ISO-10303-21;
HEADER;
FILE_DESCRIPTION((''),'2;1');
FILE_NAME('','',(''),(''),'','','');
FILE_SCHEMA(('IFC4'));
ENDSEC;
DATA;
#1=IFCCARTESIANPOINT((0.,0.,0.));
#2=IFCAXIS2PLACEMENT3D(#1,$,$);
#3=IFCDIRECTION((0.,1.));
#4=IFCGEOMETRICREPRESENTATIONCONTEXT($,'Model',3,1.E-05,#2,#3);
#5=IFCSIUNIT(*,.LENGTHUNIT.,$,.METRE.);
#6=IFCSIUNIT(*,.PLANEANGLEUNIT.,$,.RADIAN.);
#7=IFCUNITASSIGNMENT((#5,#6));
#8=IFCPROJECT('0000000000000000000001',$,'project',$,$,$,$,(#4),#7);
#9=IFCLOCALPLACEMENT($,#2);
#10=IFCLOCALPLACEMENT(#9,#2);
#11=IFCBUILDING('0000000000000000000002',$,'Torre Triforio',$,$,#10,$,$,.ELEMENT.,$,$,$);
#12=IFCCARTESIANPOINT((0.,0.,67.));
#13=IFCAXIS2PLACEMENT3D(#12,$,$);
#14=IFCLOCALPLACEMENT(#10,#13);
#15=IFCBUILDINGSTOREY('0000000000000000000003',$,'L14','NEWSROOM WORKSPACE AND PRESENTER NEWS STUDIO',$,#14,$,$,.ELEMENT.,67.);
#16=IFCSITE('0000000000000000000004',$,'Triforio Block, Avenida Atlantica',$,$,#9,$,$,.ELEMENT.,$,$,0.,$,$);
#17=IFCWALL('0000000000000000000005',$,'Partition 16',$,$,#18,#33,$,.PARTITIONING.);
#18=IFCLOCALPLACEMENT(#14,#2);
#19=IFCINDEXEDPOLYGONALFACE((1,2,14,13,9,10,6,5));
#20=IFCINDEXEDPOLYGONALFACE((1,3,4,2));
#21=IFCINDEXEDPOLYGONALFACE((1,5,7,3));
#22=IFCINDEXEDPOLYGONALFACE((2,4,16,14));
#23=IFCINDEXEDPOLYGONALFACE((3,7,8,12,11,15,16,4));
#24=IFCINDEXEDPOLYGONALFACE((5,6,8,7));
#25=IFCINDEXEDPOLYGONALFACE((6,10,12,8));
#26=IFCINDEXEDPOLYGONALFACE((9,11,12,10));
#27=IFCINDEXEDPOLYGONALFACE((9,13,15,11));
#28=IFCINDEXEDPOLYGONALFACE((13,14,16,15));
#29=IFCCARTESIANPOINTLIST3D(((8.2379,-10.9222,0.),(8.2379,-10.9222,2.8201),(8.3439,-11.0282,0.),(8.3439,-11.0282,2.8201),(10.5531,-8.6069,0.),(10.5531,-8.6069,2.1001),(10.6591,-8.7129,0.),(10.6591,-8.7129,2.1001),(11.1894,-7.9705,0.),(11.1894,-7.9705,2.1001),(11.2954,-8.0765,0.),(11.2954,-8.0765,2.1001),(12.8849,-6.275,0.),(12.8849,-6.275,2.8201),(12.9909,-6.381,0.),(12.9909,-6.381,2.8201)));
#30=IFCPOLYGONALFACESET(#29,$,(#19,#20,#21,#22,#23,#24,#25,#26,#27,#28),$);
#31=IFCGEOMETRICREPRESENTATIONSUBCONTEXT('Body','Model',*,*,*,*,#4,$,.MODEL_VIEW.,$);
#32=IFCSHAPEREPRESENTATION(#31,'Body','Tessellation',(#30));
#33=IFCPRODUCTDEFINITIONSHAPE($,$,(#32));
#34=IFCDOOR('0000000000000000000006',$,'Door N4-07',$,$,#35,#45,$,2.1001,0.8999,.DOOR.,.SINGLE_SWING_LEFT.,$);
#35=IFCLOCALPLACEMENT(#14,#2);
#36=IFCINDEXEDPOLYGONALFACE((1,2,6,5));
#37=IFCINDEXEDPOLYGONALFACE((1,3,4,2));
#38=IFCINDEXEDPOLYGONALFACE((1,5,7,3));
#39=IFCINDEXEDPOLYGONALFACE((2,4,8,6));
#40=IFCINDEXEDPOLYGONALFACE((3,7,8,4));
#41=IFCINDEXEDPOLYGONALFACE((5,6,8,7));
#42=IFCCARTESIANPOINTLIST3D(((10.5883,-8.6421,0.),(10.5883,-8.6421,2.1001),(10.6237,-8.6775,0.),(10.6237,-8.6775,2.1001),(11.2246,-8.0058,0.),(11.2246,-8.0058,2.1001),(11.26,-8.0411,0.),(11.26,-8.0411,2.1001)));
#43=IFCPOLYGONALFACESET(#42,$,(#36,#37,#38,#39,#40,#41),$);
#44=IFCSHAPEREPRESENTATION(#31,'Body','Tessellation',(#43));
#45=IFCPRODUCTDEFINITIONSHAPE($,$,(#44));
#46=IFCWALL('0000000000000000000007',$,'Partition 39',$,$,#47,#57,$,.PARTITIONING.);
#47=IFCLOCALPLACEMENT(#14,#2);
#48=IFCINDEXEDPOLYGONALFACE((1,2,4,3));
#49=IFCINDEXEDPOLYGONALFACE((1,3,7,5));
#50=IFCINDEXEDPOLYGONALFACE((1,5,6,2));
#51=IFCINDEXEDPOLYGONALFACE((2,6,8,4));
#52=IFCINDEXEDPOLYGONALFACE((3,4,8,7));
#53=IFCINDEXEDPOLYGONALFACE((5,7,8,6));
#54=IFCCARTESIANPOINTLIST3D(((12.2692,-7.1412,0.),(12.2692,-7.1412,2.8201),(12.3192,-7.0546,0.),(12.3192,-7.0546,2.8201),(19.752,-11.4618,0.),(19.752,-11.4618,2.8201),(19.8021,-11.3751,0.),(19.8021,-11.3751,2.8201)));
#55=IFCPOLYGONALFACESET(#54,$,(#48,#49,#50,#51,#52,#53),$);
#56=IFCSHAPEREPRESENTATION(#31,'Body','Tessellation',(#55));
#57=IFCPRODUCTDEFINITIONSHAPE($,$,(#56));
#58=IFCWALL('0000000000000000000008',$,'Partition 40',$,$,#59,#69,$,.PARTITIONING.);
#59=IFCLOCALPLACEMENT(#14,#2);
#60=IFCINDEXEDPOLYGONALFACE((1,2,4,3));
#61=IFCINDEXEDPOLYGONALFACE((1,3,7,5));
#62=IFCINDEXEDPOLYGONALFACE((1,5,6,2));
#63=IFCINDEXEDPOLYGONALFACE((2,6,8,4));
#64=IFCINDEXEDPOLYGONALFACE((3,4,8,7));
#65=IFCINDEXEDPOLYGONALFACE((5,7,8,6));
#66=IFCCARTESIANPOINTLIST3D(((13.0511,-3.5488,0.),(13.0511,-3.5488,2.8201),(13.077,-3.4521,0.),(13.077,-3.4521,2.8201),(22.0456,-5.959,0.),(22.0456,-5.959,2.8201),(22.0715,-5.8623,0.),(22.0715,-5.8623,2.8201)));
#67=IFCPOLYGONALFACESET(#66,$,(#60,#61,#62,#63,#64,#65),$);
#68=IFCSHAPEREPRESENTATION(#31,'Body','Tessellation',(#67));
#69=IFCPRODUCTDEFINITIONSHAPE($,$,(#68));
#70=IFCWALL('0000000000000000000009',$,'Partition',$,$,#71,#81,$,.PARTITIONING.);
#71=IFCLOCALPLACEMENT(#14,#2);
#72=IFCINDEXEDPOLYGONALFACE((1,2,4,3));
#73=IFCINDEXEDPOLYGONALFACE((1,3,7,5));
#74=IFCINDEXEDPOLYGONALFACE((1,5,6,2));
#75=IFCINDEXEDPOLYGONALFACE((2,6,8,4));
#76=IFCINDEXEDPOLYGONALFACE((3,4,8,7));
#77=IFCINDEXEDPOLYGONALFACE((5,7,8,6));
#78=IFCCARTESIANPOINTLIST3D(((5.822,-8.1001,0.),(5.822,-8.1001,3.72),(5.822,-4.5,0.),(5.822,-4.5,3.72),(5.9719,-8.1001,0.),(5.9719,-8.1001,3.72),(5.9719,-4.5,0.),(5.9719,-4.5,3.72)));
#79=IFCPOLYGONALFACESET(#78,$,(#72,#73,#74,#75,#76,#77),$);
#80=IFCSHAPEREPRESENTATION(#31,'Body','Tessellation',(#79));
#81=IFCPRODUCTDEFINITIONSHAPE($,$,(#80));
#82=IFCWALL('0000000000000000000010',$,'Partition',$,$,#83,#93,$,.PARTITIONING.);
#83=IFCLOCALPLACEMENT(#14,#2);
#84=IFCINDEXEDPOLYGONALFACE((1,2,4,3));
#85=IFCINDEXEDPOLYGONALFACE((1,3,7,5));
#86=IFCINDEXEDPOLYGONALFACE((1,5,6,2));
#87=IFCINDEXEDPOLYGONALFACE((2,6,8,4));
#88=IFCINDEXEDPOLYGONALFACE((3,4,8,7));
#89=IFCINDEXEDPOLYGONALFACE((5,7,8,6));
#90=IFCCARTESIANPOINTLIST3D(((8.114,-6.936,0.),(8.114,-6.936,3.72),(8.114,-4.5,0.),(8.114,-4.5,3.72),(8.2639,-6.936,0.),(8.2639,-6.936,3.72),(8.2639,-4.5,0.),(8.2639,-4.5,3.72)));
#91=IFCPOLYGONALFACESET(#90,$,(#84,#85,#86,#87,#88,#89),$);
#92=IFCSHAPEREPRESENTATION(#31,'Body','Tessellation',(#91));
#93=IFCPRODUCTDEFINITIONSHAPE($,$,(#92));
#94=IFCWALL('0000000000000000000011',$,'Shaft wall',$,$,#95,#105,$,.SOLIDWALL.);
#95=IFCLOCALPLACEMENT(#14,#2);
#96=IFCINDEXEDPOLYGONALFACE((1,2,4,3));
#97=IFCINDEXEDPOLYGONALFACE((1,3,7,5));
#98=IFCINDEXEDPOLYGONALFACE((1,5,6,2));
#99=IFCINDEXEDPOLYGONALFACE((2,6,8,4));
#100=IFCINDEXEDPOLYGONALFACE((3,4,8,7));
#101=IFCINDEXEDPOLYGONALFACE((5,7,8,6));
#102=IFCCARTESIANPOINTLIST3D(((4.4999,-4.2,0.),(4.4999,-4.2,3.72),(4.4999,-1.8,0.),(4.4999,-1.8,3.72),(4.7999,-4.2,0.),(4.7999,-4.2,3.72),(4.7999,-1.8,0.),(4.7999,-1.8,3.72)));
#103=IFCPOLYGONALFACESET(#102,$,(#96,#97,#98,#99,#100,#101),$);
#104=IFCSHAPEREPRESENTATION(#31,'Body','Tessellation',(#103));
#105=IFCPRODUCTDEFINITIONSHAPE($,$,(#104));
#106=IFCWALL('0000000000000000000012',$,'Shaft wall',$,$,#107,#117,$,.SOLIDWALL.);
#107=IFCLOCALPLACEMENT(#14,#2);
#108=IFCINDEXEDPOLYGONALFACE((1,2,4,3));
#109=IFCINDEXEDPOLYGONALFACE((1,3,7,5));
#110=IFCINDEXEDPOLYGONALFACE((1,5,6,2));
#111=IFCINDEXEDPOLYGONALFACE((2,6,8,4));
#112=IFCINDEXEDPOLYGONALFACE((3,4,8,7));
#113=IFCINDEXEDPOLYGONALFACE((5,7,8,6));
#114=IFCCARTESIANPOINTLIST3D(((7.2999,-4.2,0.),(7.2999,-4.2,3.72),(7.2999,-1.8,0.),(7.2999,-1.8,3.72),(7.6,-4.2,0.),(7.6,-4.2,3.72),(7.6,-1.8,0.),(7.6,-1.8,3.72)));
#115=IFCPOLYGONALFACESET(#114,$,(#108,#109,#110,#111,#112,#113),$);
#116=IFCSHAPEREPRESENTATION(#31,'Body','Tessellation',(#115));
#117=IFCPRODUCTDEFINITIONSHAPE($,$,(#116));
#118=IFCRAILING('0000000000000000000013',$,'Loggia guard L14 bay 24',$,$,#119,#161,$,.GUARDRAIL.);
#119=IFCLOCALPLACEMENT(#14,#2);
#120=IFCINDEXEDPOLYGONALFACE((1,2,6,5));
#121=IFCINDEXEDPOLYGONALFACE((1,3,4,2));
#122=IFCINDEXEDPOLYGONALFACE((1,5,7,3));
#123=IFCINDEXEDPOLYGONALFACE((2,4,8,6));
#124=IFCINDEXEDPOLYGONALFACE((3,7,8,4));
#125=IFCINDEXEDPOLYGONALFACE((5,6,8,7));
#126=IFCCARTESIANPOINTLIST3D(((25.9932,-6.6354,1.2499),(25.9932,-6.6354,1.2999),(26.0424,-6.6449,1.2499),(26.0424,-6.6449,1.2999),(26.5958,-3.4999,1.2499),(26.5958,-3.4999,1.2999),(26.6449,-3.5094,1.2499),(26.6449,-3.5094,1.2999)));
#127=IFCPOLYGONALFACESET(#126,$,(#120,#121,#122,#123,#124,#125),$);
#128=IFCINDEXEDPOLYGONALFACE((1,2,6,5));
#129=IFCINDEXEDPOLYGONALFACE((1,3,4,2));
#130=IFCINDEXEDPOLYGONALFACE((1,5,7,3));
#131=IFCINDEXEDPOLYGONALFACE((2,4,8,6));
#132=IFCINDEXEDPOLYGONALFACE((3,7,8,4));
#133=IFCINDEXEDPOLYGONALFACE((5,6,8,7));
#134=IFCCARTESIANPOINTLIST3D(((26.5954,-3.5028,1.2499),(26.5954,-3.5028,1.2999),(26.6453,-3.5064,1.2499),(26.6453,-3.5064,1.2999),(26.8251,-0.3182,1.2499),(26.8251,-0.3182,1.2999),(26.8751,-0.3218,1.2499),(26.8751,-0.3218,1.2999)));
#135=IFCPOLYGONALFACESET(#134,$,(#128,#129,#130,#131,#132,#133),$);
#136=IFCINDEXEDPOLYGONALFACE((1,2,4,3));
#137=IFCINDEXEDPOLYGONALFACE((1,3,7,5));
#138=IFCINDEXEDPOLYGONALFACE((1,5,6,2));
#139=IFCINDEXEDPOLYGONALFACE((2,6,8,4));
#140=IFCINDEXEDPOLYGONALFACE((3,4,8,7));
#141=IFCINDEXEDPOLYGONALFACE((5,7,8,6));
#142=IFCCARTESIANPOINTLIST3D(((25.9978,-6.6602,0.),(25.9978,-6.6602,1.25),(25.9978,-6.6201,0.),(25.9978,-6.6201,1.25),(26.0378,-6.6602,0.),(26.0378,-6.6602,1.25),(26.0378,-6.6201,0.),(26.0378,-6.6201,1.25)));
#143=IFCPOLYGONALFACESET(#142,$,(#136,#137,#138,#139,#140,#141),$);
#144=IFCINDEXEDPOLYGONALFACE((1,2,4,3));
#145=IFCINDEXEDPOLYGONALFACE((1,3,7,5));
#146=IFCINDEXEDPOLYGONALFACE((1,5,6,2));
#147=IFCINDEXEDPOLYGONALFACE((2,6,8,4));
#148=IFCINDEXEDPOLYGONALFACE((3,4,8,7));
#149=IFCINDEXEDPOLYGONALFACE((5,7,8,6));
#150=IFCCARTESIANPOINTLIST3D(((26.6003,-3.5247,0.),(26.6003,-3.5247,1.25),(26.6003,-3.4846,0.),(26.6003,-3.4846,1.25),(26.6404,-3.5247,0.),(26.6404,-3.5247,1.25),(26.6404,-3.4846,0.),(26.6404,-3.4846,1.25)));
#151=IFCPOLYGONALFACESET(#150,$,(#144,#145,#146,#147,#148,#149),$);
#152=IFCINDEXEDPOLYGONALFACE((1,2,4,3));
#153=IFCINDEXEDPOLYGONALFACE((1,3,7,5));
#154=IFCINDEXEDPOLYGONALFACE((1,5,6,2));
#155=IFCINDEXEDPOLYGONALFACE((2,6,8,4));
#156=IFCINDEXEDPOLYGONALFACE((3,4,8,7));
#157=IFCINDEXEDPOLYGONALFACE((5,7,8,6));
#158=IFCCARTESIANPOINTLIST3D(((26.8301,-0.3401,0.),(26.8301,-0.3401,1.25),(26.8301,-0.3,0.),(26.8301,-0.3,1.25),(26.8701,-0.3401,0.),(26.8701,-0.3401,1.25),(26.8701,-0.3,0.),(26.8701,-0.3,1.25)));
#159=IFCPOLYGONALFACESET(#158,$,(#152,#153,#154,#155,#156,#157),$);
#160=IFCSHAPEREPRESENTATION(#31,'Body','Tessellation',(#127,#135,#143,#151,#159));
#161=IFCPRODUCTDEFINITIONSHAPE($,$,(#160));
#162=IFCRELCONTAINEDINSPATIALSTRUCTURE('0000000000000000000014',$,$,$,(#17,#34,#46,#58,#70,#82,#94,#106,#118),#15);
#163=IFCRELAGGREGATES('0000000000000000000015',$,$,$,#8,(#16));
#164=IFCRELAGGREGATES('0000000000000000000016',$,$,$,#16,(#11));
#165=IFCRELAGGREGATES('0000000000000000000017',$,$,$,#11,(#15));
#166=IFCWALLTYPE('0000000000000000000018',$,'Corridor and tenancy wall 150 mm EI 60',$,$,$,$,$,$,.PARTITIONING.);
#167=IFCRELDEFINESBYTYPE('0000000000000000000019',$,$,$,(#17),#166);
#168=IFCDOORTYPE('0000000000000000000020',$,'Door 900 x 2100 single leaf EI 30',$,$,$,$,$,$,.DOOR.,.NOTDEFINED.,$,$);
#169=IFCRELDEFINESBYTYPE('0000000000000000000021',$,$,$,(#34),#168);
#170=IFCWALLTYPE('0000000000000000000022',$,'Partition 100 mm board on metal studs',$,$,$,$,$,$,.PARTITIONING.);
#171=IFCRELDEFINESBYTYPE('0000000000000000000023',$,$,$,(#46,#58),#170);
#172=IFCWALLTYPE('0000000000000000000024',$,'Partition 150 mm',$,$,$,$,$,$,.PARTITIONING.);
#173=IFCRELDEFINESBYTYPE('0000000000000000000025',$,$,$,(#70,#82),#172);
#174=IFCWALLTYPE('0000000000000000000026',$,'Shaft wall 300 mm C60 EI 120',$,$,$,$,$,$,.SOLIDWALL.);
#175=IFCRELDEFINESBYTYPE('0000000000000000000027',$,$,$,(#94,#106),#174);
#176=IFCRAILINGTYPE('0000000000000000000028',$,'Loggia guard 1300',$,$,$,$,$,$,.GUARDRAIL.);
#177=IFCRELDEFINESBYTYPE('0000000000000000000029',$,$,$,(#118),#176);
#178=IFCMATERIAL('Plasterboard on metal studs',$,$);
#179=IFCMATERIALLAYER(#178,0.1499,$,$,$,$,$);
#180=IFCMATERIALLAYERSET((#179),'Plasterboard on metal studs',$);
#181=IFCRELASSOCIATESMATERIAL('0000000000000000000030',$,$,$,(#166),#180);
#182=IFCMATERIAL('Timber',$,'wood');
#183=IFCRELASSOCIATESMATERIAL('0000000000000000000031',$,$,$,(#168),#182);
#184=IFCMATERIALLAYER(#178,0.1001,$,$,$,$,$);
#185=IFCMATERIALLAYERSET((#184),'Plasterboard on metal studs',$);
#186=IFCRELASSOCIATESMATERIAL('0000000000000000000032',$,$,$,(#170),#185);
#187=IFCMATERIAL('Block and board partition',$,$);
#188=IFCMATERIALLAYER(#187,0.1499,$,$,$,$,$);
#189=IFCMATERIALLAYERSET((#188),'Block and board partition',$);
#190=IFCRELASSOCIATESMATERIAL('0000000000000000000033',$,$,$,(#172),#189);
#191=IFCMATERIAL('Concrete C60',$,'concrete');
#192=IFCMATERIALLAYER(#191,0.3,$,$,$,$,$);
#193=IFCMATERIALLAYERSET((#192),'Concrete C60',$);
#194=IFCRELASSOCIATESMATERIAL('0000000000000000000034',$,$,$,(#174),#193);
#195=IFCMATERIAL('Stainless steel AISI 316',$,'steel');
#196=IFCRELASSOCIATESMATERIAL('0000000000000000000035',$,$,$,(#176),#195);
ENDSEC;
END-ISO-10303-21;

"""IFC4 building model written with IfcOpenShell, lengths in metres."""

from ifc_helpers import new_model, si_unit, direction, frame, frame_2d, origin, origin_2d, place, context, subcontext, project, spatial, rectangle, extrude, material, layer, layer_set, type_object, element, fill, save


model = new_model("IFC4")

# Units and contexts
model_context = context("Model", 3, precision=1e-05, world=origin(), true_north=direction((0.0, 1.0)))
body_context = subcontext(model_context, "Body", "Model", "MODEL_VIEW")
ifc_project = project(units=[si_unit("LENGTHUNIT", "METRE"), si_unit("PLANEANGLEUNIT", "RADIAN")], contexts=[model_context])

# Site, building, storey
site_placement = place(None, origin())
site = spatial("IfcSite", under=ifc_project, at=site_placement, Name="Triforio Block, Avenida Atlantica", CompositionType="ELEMENT", RefElevation=0.0)
building_placement = place(site_placement, origin())
building = spatial("IfcBuilding", under=site, at=building_placement, Name="Torre Triforio", CompositionType="ELEMENT")
storey_placement = place(building_placement, frame((0.0, 0.0, 67.0)))
storey = spatial("IfcBuildingStorey", under=building, at=storey_placement, Name="L14", Description="NEWSROOM WORKSPACE AND PRESENTER NEWS STUDIO", CompositionType="ELEMENT", Elevation=67.0)

# Shared definitions
ifc_material_1 = material(Name="Concrete C60", Category="concrete")

# Wall, opening, door
ifc_material_2 = material(Name="Plasterboard on metal studs")
ifc_layer_1 = layer(ifc_material_2, 0.1499)
ifc_layer_set_1 = layer_set([ifc_layer_1], Name="Plasterboard on metal studs")
wall_type_1 = type_object("IfcWallType", Name="Corridor and tenancy wall 150 mm EI 60", PredefinedType="PARTITIONING", material=ifc_layer_set_1)
wall_1_placement = place(storey_placement, frame((12.938, -6.3279, 0.0), z_axis=(0.0, 0.0, 1.0), x_axis=(-0.707088, -0.707125, 0.0)))
wall_1 = element("IfcWall", 1, at=wall_1_placement, inside=storey, type_object=wall_type_1, Name="Partition 16", PredefinedType="PARTITIONING", context=body_context, shape_type="SweptSolid", body=[
    extrude(rectangle(XDim=6.572, YDim=0.1499, at=frame_2d((3.2861, 0.0))), origin(), (0.0, 0.0, 1.0), 2.8201),
])
opening_1_placement = place(wall_1_placement, frame((2.3979, 0.0, 0.0)))
opening_1 = element("IfcOpeningElement", 2, at=opening_1_placement, cuts=wall_1, PredefinedType="OPENING", context=body_context, shape_type="SweptSolid", body=[
    extrude(rectangle(XDim=0.8999, YDim=2.1001, at=frame_2d((0.45, 1.05))), frame((0.0, 0.085, 0.0), z_axis=(0.0, -1.0, 0.0), x_axis=(1.0, 0.0, 0.0)), (0.0, 0.0, 1.0), 0.1699),
])
ifc_material_3 = material(Name="Timber", Category="wood")
door_type_1 = type_object("IfcDoorType", Name="Door 900 x 2100 single leaf EI 30", OperationType="NOTDEFINED", PredefinedType="DOOR", material=ifc_material_3)
door_1_placement = place(opening_1_placement, origin())
door_1 = element("IfcDoor", 3, at=door_1_placement, inside=storey, type_object=door_type_1, Name="Door N4-07", OperationType="SINGLE_SWING_LEFT", OverallHeight=2.1001, OverallWidth=0.8999, PredefinedType="DOOR", context=body_context, shape_type="SweptSolid", body=[
    extrude(rectangle(XDim=0.8999, YDim=2.1001, at=frame_2d((0.45, 1.05))), frame((0.0, 0.0249, 0.0), z_axis=(0.0, -1.0, 0.0), x_axis=(1.0, 0.0, 0.0)), (0.0, 0.0, 1.0), 0.05),
])
fill(opening_1, door_1)

# Walls
ifc_layer_2 = layer(ifc_material_2, 0.1001)
ifc_layer_set_2 = layer_set([ifc_layer_2], Name="Plasterboard on metal studs")
wall_type_2 = type_object("IfcWallType", Name="Partition 100 mm board on metal studs", PredefinedType="PARTITIONING", material=ifc_layer_set_2)
wall_2_placement = place(storey_placement, frame((12.2942, -7.0979, 0.0), z_axis=(0.0, 0.0, 1.0), x_axis=(0.866011, -0.500026, 0.0)))
element("IfcWall", 4, at=wall_2_placement, inside=storey, type_object=wall_type_2, Name="Partition 39", PredefinedType="PARTITIONING", context=body_context, shape_type="SweptSolid", body=[
    extrude(rectangle(XDim=8.6406, YDim=0.1001, at=frame_2d((4.3203, 0.0))), origin(), (0.0, 0.0, 1.0), 2.8201),
])
wall_3_placement = place(storey_placement, frame((13.0642, -3.5005, 0.0), z_axis=(0.0, 0.0, 1.0), x_axis=(0.965923, -0.258831, 0.0)))
element("IfcWall", 5, at=wall_3_placement, inside=storey, type_object=wall_type_2, Name="Partition 40", PredefinedType="PARTITIONING", context=body_context, shape_type="SweptSolid", body=[
    extrude(rectangle(XDim=9.3118, YDim=0.1001, at=frame_2d((4.6558, 0.0))), origin(), (0.0, 0.0, 1.0), 2.8201),
])
ifc_material_4 = material(Name="Block and board partition")
ifc_layer_3 = layer(ifc_material_4, 0.1499)
ifc_layer_set_3 = layer_set([ifc_layer_3], Name="Block and board partition")
wall_type_3 = type_object("IfcWallType", Name="Partition 150 mm", PredefinedType="PARTITIONING", material=ifc_layer_set_3)
wall_4_placement = place(storey_placement, frame((5.897, -8.1001, 0.0), z_axis=(0.0, 0.0, 1.0), x_axis=(0.0, 1.0, 0.0)))
element("IfcWall", 6, at=wall_4_placement, inside=storey, type_object=wall_type_3, Name="Partition", PredefinedType="PARTITIONING", context=body_context, shape_type="SweptSolid", body=[
    extrude(rectangle(XDim=3.6001, YDim=0.1499, at=frame_2d((1.8, 0.0))), origin(), (0.0, 0.0, 1.0), 3.72),
])
wall_5_placement = place(storey_placement, frame((8.189, -6.936, 0.0), z_axis=(0.0, 0.0, 1.0), x_axis=(0.0, 1.0, 0.0)))
element("IfcWall", 7, at=wall_5_placement, inside=storey, type_object=wall_type_3, Name="Partition", PredefinedType="PARTITIONING", context=body_context, shape_type="SweptSolid", body=[
    extrude(rectangle(XDim=2.436, YDim=0.1499, at=frame_2d((1.218, 0.0))), origin(), (0.0, 0.0, 1.0), 3.72),
])
ifc_layer_4 = layer(ifc_material_1, 0.3)
ifc_layer_set_4 = layer_set([ifc_layer_4], Name="Concrete C60")
wall_type_4 = type_object("IfcWallType", Name="Shaft wall 300 mm C60 EI 120", PredefinedType="SOLIDWALL", material=ifc_layer_set_4)
for number, where, z_axis, x_axis, name in (
    (8, (4.6499, -4.2, 0.0), (0.0, 0.0, 1.0), (0.0, 1.0, 0.0), "Shaft wall"),
    (9, (7.45, -4.2, 0.0), (0.0, 0.0, 1.0), (0.0, 1.0, 0.0), "Shaft wall"),
):
    element("IfcWall", number, at=place(storey_placement, frame(where, z_axis=z_axis, x_axis=x_axis)), inside=storey, type_object=wall_type_4, Name=name, PredefinedType="SOLIDWALL", context=body_context, shape_type="SweptSolid", body=[
        extrude(rectangle(XDim=2.3999, YDim=0.3, at=frame_2d((1.2, 0.0))), origin(), (0.0, 0.0, 1.0), 3.72),
    ])

# Railing
ifc_material_5 = material(Name="Stainless steel AISI 316", Category="steel")
railing_type = type_object("IfcRailingType", Name="Loggia guard 1300", PredefinedType="GUARDRAIL", material=ifc_material_5)
railing_placement = place(storey_placement, frame((26.0178, -6.6401, 0.0)))
element("IfcRailing", 10, at=railing_placement, inside=storey, type_object=railing_type, Name="Loggia guard L14 bay 24", PredefinedType="GUARDRAIL", context=body_context, shape_type="SweptSolid", body=[
    extrude(rectangle(XDim=0.05, YDim=0.05, at=origin_2d()), frame((0.0, 0.0, 1.2749), z_axis=(0.188714, 0.982032, 0.0), x_axis=(-0.982032, 0.188714, 0.0)), (0.0, 0.0, 1.0), 3.1929),
    extrude(rectangle(XDim=0.05, YDim=0.05, at=origin_2d()), frame((0.6025, 3.1355, 1.2749), z_axis=(0.071953, 0.997408, 0.0), x_axis=(-0.997408, 0.071953, 0.0)), (0.0, 0.0, 1.0), 3.1929),
    extrude(rectangle(XDim=0.04, YDim=0.04, at=origin_2d()), origin(), (0.0, 0.0, 1.0), 1.25),
    extrude(rectangle(XDim=0.04, YDim=0.04, at=origin_2d()), frame((0.6025, 3.1355, 0.0)), (0.0, 0.0, 1.0), 1.25),
    extrude(rectangle(XDim=0.04, YDim=0.04, at=origin_2d()), frame((0.8323, 6.3201, 0.0)), (0.0, 0.0, 1.0), 1.25),
])

save(model, "model.ifc")
